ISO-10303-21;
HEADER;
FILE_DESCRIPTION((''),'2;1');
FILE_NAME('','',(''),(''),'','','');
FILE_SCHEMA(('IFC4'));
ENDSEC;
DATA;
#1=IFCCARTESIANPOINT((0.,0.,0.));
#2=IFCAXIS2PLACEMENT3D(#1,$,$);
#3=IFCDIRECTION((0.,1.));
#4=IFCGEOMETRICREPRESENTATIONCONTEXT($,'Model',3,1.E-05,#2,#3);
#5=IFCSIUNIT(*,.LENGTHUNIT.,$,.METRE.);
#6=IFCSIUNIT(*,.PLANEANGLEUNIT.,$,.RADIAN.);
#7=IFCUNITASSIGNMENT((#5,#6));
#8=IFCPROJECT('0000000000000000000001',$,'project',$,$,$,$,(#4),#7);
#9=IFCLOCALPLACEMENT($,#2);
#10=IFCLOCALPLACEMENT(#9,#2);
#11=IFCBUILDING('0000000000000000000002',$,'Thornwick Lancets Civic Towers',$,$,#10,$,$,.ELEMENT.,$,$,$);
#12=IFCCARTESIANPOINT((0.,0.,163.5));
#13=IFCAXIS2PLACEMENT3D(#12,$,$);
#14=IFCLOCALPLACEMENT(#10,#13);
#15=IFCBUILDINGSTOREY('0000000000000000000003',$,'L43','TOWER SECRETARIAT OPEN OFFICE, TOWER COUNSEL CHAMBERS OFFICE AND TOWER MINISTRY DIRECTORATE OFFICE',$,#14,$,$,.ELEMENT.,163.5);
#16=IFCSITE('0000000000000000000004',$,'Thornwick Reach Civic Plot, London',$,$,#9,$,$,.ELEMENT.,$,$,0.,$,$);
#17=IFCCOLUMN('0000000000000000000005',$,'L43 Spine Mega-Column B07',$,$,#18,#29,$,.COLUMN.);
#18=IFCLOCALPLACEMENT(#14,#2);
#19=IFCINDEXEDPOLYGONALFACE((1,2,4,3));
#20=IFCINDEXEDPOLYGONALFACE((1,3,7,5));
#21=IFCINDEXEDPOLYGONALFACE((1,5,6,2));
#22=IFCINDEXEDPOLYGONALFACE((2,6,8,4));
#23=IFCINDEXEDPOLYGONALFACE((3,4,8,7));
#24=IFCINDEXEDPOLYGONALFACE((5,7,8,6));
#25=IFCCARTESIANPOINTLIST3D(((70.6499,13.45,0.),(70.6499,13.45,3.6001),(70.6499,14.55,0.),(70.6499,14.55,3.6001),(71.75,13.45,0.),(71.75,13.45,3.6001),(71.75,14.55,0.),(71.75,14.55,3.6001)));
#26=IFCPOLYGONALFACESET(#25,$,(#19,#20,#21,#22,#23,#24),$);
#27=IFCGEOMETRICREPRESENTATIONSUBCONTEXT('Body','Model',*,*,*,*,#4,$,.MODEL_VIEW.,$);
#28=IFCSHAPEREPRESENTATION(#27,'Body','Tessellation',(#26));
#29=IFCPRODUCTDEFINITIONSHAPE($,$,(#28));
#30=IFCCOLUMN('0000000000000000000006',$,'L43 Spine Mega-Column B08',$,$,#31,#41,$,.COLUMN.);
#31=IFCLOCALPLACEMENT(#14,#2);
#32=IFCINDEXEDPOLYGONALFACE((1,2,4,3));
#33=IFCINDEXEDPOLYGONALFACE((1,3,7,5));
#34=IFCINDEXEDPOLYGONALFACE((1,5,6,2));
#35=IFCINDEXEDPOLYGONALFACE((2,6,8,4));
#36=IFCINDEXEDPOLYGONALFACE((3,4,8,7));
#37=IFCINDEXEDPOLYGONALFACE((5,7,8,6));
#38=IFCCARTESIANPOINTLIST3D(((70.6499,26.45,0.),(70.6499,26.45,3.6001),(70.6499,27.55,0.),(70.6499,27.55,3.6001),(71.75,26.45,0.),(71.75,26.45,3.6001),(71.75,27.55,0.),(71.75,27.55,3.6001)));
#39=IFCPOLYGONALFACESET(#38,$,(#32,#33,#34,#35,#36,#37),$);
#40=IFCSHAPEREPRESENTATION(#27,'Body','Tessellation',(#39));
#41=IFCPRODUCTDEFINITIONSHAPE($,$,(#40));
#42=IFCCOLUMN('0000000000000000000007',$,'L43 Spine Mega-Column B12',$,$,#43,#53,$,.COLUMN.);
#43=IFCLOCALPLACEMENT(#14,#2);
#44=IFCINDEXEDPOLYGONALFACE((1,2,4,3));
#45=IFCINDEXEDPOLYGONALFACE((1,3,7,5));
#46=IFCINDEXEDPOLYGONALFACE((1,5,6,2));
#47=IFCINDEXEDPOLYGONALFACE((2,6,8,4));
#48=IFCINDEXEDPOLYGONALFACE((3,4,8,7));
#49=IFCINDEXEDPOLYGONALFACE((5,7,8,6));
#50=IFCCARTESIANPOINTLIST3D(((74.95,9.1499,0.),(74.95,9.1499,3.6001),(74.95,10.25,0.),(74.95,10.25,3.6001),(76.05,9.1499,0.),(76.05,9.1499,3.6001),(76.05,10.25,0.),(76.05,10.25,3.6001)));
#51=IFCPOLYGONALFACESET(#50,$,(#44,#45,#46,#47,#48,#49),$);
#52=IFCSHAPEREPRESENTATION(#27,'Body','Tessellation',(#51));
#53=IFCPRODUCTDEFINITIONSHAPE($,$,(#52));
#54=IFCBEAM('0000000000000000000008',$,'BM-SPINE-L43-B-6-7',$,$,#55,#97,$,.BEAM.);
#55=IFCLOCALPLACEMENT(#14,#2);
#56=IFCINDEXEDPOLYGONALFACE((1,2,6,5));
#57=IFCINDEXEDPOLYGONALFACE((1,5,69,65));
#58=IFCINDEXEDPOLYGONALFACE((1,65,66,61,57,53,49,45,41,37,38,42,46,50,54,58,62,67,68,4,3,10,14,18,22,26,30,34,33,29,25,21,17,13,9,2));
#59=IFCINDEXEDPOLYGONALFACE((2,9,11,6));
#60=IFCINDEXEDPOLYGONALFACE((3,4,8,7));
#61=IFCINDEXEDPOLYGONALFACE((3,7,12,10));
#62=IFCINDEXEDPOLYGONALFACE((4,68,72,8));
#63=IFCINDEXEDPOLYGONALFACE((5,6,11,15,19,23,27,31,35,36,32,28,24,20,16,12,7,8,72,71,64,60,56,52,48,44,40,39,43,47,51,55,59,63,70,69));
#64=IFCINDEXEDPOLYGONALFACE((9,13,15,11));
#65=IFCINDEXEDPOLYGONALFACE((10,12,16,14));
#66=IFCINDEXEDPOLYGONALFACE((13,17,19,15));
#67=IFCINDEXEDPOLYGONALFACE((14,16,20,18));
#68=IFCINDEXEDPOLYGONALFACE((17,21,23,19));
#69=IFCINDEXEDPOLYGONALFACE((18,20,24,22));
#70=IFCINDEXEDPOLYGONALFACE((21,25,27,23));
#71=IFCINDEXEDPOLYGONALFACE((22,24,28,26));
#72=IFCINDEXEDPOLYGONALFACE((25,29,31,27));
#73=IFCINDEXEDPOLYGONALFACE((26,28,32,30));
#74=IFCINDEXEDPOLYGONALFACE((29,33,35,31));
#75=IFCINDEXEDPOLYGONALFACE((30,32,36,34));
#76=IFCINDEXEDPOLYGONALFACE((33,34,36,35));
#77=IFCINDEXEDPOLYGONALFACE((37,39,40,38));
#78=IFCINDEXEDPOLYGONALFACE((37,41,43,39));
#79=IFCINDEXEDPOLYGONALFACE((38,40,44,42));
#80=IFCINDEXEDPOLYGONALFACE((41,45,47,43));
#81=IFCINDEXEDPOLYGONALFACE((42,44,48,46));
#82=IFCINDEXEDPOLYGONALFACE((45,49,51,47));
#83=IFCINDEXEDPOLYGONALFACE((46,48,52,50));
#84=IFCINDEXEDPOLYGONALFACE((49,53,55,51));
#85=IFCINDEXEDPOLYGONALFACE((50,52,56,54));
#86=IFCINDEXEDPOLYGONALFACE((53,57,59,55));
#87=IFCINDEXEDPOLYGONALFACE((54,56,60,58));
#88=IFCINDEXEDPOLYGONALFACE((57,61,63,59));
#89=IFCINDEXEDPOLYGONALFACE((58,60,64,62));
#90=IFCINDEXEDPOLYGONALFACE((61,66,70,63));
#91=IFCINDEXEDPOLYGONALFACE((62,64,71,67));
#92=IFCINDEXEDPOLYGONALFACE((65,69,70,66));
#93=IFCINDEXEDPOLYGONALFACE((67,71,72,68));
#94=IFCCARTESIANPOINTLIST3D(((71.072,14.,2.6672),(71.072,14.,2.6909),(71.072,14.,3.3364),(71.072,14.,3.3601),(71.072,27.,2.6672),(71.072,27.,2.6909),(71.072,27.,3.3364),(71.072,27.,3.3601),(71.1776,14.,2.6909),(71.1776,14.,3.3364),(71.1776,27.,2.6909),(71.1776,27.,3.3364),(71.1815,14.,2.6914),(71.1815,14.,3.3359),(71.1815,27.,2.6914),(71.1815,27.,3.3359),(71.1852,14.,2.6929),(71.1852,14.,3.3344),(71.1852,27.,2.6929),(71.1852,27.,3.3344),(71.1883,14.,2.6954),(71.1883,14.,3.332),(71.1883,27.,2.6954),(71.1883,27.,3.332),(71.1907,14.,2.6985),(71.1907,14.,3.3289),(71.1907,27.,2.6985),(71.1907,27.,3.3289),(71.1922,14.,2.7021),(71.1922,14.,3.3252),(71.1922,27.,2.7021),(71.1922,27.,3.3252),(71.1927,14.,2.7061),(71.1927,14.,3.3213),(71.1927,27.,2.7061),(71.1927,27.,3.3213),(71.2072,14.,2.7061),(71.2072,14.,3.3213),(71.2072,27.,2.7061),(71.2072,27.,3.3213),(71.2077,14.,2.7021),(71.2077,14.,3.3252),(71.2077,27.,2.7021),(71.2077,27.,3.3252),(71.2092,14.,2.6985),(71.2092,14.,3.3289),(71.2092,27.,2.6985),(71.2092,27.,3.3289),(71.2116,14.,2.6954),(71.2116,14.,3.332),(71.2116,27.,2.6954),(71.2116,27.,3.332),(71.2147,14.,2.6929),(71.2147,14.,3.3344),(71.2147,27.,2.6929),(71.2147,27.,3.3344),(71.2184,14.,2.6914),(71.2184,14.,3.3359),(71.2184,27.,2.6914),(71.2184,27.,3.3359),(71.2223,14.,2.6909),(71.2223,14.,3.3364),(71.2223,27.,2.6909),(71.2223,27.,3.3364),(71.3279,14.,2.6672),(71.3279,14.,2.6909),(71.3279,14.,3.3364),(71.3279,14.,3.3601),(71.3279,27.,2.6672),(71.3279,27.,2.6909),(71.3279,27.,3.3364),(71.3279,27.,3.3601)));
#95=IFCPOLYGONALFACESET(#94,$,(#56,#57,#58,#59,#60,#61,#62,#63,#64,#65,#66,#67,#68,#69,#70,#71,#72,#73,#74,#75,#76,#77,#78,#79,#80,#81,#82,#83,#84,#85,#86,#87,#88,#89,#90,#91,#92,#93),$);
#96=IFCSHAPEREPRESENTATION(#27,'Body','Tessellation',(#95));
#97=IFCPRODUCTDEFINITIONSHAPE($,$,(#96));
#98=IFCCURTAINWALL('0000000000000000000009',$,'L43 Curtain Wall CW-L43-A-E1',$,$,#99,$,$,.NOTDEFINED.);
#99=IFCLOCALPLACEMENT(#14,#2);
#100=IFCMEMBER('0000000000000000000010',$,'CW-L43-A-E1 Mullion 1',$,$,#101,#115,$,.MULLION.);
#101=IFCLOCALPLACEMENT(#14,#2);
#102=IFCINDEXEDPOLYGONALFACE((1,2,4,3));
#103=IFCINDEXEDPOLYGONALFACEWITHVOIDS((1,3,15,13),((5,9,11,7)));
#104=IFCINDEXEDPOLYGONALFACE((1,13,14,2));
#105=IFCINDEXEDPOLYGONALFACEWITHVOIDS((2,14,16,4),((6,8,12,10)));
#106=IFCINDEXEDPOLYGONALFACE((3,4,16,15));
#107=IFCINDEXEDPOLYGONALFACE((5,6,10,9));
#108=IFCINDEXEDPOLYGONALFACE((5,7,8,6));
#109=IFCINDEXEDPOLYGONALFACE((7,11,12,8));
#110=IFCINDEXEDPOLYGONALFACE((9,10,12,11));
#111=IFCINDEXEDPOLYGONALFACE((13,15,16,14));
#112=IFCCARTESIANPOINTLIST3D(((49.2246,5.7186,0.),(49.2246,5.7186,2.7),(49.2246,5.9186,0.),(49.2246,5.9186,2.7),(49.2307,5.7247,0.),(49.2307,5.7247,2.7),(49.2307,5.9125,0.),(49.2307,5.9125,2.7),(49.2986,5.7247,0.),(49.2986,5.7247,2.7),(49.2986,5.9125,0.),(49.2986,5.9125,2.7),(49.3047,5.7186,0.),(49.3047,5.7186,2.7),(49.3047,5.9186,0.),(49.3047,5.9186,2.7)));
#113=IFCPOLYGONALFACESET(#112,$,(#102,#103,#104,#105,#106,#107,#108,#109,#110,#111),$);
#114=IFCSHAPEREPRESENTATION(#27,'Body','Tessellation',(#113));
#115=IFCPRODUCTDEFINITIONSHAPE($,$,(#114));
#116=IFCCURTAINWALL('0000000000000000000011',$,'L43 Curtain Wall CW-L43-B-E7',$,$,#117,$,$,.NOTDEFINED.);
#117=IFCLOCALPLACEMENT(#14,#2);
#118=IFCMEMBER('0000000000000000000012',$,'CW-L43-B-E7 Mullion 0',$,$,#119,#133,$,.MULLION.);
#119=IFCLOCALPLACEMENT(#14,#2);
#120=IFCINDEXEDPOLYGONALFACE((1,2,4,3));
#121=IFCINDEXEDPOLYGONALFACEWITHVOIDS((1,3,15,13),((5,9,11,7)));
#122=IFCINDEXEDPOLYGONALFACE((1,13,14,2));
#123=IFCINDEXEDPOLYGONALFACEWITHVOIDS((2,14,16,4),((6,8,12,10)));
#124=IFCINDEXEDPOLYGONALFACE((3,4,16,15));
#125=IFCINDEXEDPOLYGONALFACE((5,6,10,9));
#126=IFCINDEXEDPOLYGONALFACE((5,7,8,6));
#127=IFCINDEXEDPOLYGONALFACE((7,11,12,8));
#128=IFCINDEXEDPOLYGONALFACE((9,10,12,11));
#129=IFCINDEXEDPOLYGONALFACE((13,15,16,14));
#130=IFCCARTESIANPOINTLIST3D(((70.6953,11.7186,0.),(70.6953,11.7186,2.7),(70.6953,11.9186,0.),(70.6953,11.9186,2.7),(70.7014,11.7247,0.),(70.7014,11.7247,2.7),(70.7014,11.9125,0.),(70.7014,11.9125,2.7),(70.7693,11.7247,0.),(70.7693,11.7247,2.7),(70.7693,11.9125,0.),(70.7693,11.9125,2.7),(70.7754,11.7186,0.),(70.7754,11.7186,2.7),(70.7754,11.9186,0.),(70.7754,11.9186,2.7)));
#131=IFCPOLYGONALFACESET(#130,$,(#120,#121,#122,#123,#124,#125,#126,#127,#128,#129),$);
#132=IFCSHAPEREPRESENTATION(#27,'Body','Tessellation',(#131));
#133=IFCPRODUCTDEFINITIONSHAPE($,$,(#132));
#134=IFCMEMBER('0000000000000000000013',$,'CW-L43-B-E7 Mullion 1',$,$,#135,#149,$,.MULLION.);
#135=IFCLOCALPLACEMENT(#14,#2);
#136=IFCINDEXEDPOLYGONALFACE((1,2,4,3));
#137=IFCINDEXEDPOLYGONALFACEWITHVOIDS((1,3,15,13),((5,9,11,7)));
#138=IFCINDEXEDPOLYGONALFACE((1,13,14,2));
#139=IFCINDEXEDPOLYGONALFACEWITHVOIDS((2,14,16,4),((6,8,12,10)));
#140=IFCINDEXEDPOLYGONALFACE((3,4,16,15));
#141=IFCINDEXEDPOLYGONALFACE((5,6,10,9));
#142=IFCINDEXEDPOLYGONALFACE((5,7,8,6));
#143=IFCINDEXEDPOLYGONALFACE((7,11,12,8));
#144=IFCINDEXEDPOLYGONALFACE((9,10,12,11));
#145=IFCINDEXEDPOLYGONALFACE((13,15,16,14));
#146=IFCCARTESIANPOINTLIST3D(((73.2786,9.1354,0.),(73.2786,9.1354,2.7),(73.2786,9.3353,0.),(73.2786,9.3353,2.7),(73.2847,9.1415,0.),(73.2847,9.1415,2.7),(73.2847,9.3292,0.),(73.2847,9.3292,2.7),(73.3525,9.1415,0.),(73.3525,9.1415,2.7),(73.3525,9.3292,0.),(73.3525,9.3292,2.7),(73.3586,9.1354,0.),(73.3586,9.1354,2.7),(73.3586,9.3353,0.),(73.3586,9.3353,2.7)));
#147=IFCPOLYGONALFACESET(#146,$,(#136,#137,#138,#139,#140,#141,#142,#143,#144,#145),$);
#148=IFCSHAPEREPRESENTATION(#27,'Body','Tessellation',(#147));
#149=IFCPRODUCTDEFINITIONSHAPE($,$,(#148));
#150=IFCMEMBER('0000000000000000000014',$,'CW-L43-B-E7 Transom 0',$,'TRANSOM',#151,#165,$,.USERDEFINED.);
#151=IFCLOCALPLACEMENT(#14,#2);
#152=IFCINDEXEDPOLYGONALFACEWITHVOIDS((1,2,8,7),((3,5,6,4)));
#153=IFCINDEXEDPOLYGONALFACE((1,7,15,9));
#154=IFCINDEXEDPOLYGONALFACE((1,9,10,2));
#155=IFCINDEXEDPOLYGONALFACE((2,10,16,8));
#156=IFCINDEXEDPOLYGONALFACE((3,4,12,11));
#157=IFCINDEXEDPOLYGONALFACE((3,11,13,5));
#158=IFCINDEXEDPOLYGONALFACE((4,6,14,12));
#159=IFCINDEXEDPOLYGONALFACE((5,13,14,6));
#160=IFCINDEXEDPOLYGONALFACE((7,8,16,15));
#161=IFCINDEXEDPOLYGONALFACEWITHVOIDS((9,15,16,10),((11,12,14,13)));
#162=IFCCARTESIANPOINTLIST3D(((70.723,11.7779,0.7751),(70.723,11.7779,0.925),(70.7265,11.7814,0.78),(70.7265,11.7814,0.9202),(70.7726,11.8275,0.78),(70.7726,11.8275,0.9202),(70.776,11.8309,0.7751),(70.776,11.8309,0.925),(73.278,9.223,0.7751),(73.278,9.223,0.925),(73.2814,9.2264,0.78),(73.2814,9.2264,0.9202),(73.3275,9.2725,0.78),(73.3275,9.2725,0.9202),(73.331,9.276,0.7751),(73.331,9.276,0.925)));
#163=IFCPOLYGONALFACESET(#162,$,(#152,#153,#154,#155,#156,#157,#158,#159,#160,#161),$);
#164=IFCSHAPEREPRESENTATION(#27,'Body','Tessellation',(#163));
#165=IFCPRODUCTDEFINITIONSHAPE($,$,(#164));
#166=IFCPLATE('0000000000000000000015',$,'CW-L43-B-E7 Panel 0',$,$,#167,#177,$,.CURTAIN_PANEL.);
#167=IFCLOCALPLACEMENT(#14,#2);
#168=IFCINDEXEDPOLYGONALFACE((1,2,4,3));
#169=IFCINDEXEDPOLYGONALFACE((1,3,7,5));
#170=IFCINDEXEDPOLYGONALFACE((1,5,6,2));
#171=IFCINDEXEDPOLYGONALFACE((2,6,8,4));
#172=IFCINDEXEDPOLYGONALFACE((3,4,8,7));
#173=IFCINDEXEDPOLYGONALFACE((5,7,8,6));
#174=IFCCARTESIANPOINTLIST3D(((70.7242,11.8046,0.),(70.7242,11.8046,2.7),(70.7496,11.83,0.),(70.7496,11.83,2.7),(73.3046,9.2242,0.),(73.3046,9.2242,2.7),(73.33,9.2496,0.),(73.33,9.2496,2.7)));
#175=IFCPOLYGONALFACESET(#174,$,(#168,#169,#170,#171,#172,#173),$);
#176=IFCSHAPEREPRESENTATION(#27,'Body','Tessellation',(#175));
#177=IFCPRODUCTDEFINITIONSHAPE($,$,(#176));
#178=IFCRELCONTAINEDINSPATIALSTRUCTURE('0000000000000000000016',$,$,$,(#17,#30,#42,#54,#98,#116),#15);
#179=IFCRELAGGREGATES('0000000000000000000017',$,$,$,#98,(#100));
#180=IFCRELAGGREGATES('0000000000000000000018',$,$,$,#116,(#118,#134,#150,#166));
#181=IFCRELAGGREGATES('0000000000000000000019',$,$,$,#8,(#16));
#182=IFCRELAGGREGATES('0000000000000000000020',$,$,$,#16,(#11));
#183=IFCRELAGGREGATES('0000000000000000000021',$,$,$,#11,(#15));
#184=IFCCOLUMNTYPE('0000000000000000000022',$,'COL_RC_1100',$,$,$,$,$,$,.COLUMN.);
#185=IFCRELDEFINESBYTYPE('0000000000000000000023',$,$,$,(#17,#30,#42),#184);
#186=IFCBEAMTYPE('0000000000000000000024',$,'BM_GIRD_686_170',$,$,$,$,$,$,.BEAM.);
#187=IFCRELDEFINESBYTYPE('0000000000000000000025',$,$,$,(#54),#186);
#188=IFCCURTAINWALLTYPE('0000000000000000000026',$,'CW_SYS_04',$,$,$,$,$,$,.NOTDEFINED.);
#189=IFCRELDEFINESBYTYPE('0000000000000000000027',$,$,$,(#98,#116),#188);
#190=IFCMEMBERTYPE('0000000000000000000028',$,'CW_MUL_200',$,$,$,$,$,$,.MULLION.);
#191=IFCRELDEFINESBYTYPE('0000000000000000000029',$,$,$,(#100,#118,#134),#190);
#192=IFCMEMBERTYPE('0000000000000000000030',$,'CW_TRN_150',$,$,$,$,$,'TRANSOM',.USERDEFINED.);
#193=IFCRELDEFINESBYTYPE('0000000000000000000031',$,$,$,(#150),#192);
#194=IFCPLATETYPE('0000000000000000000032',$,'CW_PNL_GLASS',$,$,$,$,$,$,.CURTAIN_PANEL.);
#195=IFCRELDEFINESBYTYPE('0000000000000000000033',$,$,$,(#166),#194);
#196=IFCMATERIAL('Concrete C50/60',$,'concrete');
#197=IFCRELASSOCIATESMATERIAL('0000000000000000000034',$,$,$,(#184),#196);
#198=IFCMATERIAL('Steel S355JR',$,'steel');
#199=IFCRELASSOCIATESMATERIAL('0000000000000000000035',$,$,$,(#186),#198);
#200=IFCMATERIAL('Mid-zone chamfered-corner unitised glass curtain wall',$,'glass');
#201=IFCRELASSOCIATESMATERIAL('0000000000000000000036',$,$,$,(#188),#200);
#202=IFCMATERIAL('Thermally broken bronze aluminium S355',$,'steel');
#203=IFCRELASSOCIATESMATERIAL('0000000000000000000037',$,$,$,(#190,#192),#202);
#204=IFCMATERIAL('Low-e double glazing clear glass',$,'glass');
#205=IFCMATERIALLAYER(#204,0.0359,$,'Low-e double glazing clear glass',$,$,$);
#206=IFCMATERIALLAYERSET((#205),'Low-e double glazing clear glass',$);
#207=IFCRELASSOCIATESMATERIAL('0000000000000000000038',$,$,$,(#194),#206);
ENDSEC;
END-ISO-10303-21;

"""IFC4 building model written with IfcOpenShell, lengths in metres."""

from ifc_helpers import new_model, si_unit, direction, frame, origin, origin_2d, place, context, subcontext, project, spatial, rectangle, hollow_rectangle, i_section, extrude, material, layer, layer_set, material_profile, profile_set, type_object, element, aggregate, save


model = new_model("IFC4")

# Units and contexts
model_context = context("Model", 3, precision=1e-05, world=origin(), true_north=direction((0.0, 1.0)))
body_context = subcontext(model_context, "Body", "Model", "MODEL_VIEW")
ifc_project = project(units=[si_unit("LENGTHUNIT", "METRE"), si_unit("PLANEANGLEUNIT", "RADIAN")], contexts=[model_context])

# Site, building, storey
site_placement = place(None, origin())
site = spatial("IfcSite", under=ifc_project, at=site_placement, Name="Thornwick Reach Civic Plot, London", CompositionType="ELEMENT", RefElevation=0.0)
building_placement = place(site_placement, origin())
building = spatial("IfcBuilding", under=site, at=building_placement, Name="Thornwick Lancets Civic Towers", CompositionType="ELEMENT")
storey_placement = place(building_placement, frame((0.0, 0.0, 163.5)))
storey = spatial("IfcBuildingStorey", under=building, at=storey_placement, Name="L43", Description="TOWER SECRETARIAT OPEN OFFICE, TOWER COUNSEL CHAMBERS OFFICE AND TOWER MINISTRY DIRECTORATE OFFICE", CompositionType="ELEMENT", Elevation=163.5)

# Columns
ifc_material_1 = material(Name="Concrete C50/60", Category="concrete")
ifc_material_profile_1 = material_profile(ifc_material_1, rectangle(XDim=1.1001, YDim=1.1001, at=origin_2d()), Name="RC 1100x1100")
ifc_profile_set_1 = profile_set([ifc_material_profile_1], Name="Concrete C50/60")
column_type = type_object("IfcColumnType", Name="COL_RC_1100", PredefinedType="COLUMN", material=ifc_profile_set_1)
for number, where, z_axis, x_axis, name in (
    (1, (71.2, 14.0, 0.0), (0.0, 0.0, 1.0), (1.0, 0.0, 0.0), "L43 Spine Mega-Column B07"),
    (2, (71.2, 27.0, 0.0), (0.0, 0.0, 1.0), (1.0, 0.0, 0.0), "L43 Spine Mega-Column B08"),
    (3, (75.5, 9.7, 0.0), (0.0, 0.0, 1.0), (1.0, 0.0, 0.0), "L43 Spine Mega-Column B12"),
):
    element("IfcColumn", number, at=place(storey_placement, frame(where, z_axis=z_axis, x_axis=x_axis)), inside=storey, type_object=column_type, Name=name, PredefinedType="COLUMN", context=body_context, shape_type="SweptSolid", body=[
        extrude(rectangle(XDim=1.1001, YDim=1.1001, at=origin_2d()), origin(), (0.0, 0.0, 1.0), 3.6001),
    ])

# Beam
ifc_material_2 = material(Name="Steel S355JR", Category="steel")
ifc_material_profile_2 = material_profile(ifc_material_2, i_section(OverallWidth=0.2559, OverallDepth=0.6929, WebThickness=0.0144, FlangeThickness=0.0237, FilletRadius=0.0151, at=origin_2d()), Name="UKB 686x254x170")
ifc_profile_set_2 = profile_set([ifc_material_profile_2], Name="Steel S355JR")
beam_type = type_object("IfcBeamType", Name="BM_GIRD_686_170", PredefinedType="BEAM", material=ifc_profile_set_2)
beam_placement = place(storey_placement, frame((71.2, 14.0, 3.0137), z_axis=(0.0, 1.0, 0.0), x_axis=(-1.0, 0.0, 0.0)))
element("IfcBeam", 4, at=beam_placement, inside=storey, type_object=beam_type, Name="BM-SPINE-L43-B-6-7", PredefinedType="BEAM", context=body_context, shape_type="SweptSolid", body=[
    extrude(i_section(OverallWidth=0.2559, OverallDepth=0.6929, WebThickness=0.0144, FlangeThickness=0.0237, FilletRadius=0.0151, at=origin_2d()), origin(), (0.0, 0.0, 1.0), 13.0),
])

# Curtain wall, member
ifc_material_3 = material(Name="Mid-zone chamfered-corner unitised glass curtain wall", Category="glass")
curtain_wall_type = type_object("IfcCurtainWallType", Name="CW_SYS_04", PredefinedType="NOTDEFINED", material=ifc_material_3)
curtain_wall_1_placement = place(storey_placement, origin())
curtain_wall_1 = element("IfcCurtainWall", 5, at=curtain_wall_1_placement, inside=storey, type_object=curtain_wall_type, Name="L43 Curtain Wall CW-L43-A-E1", PredefinedType="NOTDEFINED")
ifc_material_4 = material(Name="Thermally broken bronze aluminium S355", Category="steel")
ifc_material_profile_3 = material_profile(ifc_material_4, hollow_rectangle(XDim=0.0801, YDim=0.2, WallThickness=0.0061, at=origin_2d()), Name="RHS 200x80x6")
ifc_profile_set_3 = profile_set([ifc_material_profile_3], Name="Thermally broken bronze aluminium S355")
member_type_1 = type_object("IfcMemberType", Name="CW_MUL_200", PredefinedType="MULLION", material=ifc_profile_set_3)
member_1_placement = place(storey_placement, frame((49.2646, 5.8186, 0.0), z_axis=(0.0, 0.0, 1.0), x_axis=(1.0, 0.0, 0.0)))
member_1 = element("IfcMember", 6, at=member_1_placement, type_object=member_type_1, Name="CW-L43-A-E1 Mullion 1", PredefinedType="MULLION", context=body_context, shape_type="SweptSolid", body=[
    extrude(hollow_rectangle(XDim=0.0801, YDim=0.2, WallThickness=0.0061, at=origin_2d()), origin(), (0.0, 0.0, 1.0), 2.7),
])
aggregate(curtain_wall_1, [member_1])

# Curtain wall, members, plate
curtain_wall_2_placement = place(storey_placement, origin())
curtain_wall_2 = element("IfcCurtainWall", 7, at=curtain_wall_2_placement, inside=storey, type_object=curtain_wall_type, Name="L43 Curtain Wall CW-L43-B-E7", PredefinedType="NOTDEFINED")
member_2_placement = place(storey_placement, frame((70.7354, 11.8186, 0.0), z_axis=(0.0, 0.0, 1.0), x_axis=(1.0, 0.0, 0.0)))
member_2 = element("IfcMember", 8, at=member_2_placement, type_object=member_type_1, Name="CW-L43-B-E7 Mullion 0", PredefinedType="MULLION", context=body_context, shape_type="SweptSolid", body=[
    extrude(hollow_rectangle(XDim=0.0801, YDim=0.2, WallThickness=0.0061, at=origin_2d()), origin(), (0.0, 0.0, 1.0), 2.7),
])
member_3_placement = place(storey_placement, frame((73.3186, 9.2354, 0.0), z_axis=(0.0, 0.0, 1.0), x_axis=(1.0, 0.0, 0.0)))
member_3 = element("IfcMember", 9, at=member_3_placement, type_object=member_type_1, Name="CW-L43-B-E7 Mullion 1", PredefinedType="MULLION", context=body_context, shape_type="SweptSolid", body=[
    extrude(hollow_rectangle(XDim=0.0801, YDim=0.2, WallThickness=0.0061, at=origin_2d()), origin(), (0.0, 0.0, 1.0), 2.7),
])
ifc_material_profile_4 = material_profile(ifc_material_4, hollow_rectangle(XDim=0.075, YDim=0.1499, WallThickness=0.0049, at=origin_2d()), Name="RHS 150x75x5")
ifc_profile_set_4 = profile_set([ifc_material_profile_4], Name="Thermally broken bronze aluminium S355")
member_type_2 = type_object("IfcMemberType", Name="CW_TRN_150", ElementType="TRANSOM", PredefinedType="USERDEFINED", material=ifc_profile_set_4)
member_4_placement = place(storey_placement, frame((70.7495, 11.8044, 0.8501), z_axis=(0.707107, -0.707107, 0.0), x_axis=(0.707107, 0.707107, 0.0)))
member_4 = element("IfcMember", 10, at=member_4_placement, type_object=member_type_2, Name="CW-L43-B-E7 Transom 0", ObjectType="TRANSOM", PredefinedType="USERDEFINED", context=body_context, shape_type="SweptSolid", body=[
    extrude(hollow_rectangle(XDim=0.075, YDim=0.1499, WallThickness=0.0049, at=origin_2d()), origin(), (0.0, 0.0, 1.0), 3.6133),
])
ifc_material_5 = material(Name="Low-e double glazing clear glass", Category="glass")
ifc_layer_1 = layer(ifc_material_5, 0.0359, Name="Low-e double glazing clear glass")
ifc_layer_set_1 = layer_set([ifc_layer_1], Name="Low-e double glazing clear glass")
plate_type = type_object("IfcPlateType", Name="CW_PNL_GLASS", PredefinedType="CURTAIN_PANEL", material=ifc_layer_set_1)
plate_placement = place(storey_placement, frame((72.0271, 10.5271, 0.0), z_axis=(0.0, 0.0, 1.0), x_axis=(0.707107, -0.707107, 0.0)))
plate = element("IfcPlate", 11, at=plate_placement, type_object=plate_type, Name="CW-L43-B-E7 Panel 0", PredefinedType="CURTAIN_PANEL", context=body_context, shape_type="SweptSolid", body=[
    extrude(rectangle(XDim=3.6492, YDim=0.0359, at=origin_2d()), origin(), (0.0, 0.0, 1.0), 2.7),
])
aggregate(curtain_wall_2, [member_2, member_3, member_4, plate])

save(model, "model.ifc")
